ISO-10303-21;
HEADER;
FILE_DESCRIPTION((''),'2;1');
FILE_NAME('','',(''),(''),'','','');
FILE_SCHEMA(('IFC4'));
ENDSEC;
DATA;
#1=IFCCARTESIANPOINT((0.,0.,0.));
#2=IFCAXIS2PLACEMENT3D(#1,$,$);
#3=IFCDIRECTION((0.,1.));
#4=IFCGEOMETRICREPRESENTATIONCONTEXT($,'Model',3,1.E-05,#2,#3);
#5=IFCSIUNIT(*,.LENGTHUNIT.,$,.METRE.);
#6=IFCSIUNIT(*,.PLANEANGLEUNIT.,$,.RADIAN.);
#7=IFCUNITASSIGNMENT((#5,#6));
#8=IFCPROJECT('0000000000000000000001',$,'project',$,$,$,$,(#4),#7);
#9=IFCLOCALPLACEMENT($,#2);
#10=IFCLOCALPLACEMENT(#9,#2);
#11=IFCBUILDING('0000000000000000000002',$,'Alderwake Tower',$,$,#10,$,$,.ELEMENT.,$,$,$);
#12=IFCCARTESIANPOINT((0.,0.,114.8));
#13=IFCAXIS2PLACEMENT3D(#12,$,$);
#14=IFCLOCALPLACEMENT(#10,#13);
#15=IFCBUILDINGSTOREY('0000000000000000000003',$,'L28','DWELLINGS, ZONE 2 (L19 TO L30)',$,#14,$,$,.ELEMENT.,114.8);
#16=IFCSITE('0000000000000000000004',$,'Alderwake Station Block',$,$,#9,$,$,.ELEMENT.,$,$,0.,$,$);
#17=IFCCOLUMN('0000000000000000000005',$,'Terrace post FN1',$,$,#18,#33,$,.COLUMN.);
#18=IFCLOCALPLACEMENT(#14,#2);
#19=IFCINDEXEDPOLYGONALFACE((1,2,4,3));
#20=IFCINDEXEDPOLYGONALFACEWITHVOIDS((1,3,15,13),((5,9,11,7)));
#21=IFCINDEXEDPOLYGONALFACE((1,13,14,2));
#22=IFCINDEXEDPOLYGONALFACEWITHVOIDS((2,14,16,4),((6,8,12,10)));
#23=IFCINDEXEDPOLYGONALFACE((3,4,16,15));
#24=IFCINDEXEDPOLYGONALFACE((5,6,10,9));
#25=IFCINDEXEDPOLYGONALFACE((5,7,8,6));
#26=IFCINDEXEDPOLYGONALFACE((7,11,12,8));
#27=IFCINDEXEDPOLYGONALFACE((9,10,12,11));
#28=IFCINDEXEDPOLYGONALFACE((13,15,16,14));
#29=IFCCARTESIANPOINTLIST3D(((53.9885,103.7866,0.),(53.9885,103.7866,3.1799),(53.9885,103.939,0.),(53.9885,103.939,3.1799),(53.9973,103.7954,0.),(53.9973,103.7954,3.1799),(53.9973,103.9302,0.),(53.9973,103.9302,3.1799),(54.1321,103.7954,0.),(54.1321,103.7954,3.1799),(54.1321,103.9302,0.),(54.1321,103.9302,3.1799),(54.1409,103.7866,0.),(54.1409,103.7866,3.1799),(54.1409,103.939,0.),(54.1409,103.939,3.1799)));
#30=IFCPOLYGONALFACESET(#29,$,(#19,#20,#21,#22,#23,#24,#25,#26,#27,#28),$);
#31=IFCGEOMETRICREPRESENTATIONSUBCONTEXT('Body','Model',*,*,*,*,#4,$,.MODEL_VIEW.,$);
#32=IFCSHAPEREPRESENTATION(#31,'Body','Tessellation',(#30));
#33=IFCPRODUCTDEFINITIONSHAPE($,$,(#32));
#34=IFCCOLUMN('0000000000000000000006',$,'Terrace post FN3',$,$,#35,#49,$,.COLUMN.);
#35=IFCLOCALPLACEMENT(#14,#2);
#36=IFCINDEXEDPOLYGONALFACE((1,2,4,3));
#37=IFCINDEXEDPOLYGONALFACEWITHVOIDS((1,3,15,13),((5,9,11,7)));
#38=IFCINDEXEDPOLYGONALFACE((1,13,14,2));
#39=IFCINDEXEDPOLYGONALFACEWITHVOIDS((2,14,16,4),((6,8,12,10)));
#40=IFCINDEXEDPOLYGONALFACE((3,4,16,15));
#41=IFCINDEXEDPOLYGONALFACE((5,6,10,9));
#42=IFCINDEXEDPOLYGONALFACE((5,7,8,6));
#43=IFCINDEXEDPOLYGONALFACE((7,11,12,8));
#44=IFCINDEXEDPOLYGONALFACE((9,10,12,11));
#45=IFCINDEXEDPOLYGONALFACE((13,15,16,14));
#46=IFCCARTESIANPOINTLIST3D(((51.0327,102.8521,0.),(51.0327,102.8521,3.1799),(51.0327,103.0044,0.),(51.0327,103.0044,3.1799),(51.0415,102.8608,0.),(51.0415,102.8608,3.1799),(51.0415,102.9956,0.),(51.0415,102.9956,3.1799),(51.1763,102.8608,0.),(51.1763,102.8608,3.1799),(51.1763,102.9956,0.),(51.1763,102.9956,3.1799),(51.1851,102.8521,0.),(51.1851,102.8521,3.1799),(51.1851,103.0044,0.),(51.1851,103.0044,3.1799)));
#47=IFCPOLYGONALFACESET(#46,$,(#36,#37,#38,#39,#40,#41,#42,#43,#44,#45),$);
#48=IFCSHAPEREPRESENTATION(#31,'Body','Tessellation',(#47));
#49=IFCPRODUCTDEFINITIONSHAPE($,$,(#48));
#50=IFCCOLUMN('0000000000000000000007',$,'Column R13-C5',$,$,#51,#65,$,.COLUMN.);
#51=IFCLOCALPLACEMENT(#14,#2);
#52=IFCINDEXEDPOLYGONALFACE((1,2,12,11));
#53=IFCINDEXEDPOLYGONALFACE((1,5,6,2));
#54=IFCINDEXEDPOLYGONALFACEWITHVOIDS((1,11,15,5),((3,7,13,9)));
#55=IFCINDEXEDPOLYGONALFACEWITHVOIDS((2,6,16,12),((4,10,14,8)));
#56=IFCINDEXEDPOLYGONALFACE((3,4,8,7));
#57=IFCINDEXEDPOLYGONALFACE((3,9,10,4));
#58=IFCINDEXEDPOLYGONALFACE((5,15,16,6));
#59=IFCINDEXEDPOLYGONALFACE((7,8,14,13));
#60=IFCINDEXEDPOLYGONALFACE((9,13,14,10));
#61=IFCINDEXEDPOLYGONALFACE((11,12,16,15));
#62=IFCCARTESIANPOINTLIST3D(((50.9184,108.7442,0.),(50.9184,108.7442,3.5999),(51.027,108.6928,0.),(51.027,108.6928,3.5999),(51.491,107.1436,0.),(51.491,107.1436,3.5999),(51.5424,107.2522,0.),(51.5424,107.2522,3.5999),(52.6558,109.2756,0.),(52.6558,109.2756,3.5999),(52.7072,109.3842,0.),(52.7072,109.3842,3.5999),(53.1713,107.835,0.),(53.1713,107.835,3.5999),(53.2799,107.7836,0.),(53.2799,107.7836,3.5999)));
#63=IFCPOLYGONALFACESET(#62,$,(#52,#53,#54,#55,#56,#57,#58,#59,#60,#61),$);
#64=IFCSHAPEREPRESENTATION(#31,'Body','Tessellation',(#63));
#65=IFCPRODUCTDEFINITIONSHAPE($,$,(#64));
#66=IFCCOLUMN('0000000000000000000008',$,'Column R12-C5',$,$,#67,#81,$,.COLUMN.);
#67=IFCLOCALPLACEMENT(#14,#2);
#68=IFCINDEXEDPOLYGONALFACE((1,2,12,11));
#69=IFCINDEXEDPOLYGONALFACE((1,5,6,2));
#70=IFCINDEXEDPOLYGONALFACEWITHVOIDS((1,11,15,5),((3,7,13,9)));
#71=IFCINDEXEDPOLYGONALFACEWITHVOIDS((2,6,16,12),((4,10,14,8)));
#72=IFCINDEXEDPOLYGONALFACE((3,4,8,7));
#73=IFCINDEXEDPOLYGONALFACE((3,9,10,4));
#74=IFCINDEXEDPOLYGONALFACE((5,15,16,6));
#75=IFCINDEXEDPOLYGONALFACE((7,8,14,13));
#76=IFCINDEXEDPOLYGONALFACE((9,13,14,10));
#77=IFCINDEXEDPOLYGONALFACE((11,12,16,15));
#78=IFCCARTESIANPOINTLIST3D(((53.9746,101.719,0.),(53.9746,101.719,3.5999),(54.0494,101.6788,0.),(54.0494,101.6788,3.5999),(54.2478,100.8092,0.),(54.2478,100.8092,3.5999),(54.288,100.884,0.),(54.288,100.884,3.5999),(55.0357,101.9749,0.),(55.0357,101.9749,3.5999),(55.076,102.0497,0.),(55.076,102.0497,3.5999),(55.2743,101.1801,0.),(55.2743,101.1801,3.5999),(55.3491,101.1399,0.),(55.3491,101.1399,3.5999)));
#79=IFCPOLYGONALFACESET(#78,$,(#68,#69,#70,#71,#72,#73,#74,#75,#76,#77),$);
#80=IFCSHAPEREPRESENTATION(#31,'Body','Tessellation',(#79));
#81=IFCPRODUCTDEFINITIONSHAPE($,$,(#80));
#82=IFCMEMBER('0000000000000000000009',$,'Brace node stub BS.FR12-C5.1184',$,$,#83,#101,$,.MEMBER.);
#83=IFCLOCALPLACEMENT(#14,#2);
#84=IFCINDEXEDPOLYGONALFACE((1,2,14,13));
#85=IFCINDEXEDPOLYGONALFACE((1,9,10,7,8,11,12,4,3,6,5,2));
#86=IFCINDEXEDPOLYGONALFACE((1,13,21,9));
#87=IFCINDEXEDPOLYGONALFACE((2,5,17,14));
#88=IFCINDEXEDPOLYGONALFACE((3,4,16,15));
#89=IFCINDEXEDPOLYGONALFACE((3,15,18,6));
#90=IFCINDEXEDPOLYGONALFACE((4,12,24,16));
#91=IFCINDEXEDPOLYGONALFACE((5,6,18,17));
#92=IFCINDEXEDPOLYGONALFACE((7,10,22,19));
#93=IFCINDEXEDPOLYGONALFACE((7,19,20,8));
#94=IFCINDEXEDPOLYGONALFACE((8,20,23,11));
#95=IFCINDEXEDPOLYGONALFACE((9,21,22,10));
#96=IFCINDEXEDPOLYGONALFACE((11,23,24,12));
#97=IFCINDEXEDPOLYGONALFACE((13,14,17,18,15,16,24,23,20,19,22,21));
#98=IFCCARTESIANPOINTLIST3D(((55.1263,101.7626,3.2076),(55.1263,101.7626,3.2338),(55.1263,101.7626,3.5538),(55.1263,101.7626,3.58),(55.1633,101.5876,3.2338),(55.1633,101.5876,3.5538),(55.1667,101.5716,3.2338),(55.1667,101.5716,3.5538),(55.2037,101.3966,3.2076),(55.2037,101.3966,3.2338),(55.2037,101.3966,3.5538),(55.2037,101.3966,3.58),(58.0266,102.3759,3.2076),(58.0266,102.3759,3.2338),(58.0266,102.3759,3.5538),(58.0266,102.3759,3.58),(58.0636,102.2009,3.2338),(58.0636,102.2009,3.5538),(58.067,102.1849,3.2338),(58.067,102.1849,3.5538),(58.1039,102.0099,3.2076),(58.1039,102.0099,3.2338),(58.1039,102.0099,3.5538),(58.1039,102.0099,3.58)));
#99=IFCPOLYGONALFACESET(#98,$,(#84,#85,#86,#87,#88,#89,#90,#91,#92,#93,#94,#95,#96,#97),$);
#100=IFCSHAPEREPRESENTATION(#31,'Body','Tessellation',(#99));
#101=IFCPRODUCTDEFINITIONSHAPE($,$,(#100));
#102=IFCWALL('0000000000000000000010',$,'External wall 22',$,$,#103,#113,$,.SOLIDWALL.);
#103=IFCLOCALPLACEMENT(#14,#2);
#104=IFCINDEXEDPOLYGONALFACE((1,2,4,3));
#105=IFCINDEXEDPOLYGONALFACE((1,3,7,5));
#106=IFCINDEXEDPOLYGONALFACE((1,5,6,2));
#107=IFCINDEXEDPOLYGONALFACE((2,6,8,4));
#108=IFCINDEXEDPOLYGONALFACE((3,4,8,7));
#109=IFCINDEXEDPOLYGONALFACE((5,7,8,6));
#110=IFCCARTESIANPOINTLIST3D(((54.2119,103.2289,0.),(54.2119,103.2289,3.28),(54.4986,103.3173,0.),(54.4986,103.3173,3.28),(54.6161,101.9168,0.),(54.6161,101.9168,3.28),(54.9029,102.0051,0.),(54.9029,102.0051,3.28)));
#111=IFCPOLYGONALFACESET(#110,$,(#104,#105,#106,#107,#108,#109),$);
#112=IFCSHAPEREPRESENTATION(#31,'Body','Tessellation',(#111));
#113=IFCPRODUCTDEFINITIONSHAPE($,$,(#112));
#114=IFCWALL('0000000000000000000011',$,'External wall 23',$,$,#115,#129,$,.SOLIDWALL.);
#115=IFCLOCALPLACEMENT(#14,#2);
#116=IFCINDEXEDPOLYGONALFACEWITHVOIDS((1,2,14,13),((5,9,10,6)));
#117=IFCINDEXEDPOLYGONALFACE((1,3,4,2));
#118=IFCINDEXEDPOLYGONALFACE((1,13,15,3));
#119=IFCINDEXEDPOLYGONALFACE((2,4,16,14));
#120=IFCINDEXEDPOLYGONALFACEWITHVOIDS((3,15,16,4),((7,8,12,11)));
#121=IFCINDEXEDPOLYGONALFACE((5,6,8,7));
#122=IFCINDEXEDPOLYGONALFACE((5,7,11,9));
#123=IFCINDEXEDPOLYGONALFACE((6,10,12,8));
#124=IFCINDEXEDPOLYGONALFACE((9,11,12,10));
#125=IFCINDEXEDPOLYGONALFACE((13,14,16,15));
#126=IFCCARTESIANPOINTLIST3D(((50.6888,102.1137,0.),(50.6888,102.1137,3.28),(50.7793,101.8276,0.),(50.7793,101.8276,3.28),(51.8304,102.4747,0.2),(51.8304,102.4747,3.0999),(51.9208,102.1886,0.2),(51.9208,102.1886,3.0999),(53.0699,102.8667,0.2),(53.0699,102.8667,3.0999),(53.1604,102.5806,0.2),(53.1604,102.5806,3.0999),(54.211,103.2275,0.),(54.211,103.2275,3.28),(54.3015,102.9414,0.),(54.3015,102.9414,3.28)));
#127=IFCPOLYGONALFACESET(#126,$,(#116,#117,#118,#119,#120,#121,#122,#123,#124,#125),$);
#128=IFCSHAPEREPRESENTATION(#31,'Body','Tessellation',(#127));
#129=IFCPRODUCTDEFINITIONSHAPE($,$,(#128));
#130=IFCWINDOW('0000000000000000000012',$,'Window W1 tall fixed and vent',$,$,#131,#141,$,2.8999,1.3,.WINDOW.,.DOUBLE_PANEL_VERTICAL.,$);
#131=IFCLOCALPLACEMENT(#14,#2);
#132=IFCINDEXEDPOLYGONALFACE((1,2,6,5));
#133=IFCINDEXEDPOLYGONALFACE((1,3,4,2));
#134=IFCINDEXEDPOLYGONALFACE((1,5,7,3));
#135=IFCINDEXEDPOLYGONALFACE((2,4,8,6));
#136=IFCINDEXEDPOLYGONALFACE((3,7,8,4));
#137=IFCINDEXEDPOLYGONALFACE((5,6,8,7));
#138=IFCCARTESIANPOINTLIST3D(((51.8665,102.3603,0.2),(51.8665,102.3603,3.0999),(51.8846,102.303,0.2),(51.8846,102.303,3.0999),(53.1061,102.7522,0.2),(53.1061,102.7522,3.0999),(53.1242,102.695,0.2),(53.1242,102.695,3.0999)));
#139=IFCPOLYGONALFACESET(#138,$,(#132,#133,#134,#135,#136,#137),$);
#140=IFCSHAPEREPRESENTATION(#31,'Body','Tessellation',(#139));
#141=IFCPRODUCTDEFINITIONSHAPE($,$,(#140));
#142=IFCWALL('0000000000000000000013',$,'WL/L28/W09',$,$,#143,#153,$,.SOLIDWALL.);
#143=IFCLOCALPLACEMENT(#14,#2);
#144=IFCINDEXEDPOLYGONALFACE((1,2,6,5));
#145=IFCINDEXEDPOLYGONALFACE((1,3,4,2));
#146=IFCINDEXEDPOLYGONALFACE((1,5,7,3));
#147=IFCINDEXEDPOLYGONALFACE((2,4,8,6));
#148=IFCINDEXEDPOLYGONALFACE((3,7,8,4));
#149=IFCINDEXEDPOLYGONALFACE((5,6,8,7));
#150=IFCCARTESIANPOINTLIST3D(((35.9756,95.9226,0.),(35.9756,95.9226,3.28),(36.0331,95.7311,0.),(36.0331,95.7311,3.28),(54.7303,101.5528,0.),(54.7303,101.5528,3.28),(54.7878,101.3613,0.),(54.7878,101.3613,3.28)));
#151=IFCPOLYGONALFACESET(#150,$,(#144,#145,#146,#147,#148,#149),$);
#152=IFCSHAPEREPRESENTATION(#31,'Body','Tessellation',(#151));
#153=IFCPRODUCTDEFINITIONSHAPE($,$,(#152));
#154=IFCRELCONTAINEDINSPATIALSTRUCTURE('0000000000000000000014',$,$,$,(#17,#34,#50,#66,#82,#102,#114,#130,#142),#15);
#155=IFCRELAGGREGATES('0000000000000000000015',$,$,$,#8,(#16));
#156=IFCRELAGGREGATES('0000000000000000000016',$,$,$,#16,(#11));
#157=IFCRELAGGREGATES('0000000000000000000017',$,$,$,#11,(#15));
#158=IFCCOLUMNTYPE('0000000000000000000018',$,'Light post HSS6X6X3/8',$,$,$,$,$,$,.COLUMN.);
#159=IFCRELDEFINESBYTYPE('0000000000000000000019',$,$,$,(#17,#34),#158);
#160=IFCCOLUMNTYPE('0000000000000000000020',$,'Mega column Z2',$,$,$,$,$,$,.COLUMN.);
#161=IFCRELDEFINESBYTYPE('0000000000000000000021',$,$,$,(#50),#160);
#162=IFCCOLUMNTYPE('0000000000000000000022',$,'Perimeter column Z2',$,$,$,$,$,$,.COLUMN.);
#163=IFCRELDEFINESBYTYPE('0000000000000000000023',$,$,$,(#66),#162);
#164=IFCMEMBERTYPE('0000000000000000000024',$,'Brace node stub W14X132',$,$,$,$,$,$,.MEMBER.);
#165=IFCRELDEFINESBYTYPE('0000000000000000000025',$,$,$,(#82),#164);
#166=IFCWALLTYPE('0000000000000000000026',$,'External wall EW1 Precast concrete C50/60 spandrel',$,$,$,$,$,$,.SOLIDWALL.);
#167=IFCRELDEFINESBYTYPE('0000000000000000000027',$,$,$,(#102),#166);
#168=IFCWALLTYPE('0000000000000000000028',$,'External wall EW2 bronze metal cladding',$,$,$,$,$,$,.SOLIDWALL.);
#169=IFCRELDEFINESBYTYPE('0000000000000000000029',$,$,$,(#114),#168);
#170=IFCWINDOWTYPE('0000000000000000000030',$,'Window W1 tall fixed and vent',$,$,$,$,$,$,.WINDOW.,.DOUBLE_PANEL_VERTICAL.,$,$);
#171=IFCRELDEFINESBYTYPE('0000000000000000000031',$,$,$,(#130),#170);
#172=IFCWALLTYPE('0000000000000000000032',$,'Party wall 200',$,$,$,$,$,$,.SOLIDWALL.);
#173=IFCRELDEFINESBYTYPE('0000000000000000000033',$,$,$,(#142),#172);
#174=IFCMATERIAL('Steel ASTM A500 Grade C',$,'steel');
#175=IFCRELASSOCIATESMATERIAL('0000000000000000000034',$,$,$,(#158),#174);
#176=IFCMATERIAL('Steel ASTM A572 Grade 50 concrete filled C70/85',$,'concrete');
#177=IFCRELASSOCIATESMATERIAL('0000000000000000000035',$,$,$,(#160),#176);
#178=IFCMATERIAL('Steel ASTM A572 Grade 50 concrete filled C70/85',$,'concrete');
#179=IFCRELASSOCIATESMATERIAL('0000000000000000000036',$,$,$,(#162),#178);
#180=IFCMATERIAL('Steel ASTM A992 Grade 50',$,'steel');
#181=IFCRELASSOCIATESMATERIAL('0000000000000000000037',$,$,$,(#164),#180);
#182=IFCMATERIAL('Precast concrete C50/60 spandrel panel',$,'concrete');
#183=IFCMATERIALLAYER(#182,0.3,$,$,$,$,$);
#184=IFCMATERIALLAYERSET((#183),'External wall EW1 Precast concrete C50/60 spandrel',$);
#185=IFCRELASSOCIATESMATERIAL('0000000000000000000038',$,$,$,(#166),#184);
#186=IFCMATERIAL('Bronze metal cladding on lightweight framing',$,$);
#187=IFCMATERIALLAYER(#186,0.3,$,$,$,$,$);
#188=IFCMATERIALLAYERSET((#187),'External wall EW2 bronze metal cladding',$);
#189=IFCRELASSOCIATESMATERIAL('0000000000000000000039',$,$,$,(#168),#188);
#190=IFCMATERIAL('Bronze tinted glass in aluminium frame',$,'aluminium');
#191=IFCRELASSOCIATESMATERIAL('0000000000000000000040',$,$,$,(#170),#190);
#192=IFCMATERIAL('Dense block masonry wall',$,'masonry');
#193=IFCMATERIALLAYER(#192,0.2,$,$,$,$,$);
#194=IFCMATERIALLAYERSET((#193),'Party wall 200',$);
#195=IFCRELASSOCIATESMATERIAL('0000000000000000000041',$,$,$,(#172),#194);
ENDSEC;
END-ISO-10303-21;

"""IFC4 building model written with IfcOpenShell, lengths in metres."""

from ifc_helpers import new_model, si_unit, direction, frame, frame_2d, origin, origin_2d, place, context, subcontext, project, spatial, rectangle, hollow_rectangle, i_section, extrude, material, layer, layer_set, material_profile, profile_set, type_object, element, fill, save


model = new_model("IFC4")

# Units and contexts
model_context = context("Model", 3, precision=1e-05, world=origin(), true_north=direction((0.0, 1.0)))
body_context = subcontext(model_context, "Body", "Model", "MODEL_VIEW")
ifc_project = project(units=[si_unit("LENGTHUNIT", "METRE"), si_unit("PLANEANGLEUNIT", "RADIAN")], contexts=[model_context])

# Site, building, storey
site_placement = place(None, origin())
site = spatial("IfcSite", under=ifc_project, at=site_placement, Name="Alderwake Station Block", CompositionType="ELEMENT", RefElevation=0.0)
building_placement = place(site_placement, origin())
building = spatial("IfcBuilding", under=site, at=building_placement, Name="Alderwake Tower", CompositionType="ELEMENT")
storey_placement = place(building_placement, frame((0.0, 0.0, 114.8)))
storey = spatial("IfcBuildingStorey", under=building, at=storey_placement, Name="L28", Description="DWELLINGS, ZONE 2 (L19 TO L30)", CompositionType="ELEMENT", Elevation=114.8)

# Columns
ifc_material_1 = material(Name="Steel ASTM A500 Grade C", Category="steel")
ifc_material_profile_1 = material_profile(ifc_material_1, hollow_rectangle(XDim=0.1523, YDim=0.1523, WallThickness=0.0088, at=origin_2d()), Name="HSS6X6X3/8")
ifc_profile_set_1 = profile_set([ifc_material_profile_1], Name="Steel ASTM A500 Grade C")
column_type_1 = type_object("IfcColumnType", Name="Light post HSS6X6X3/8", PredefinedType="COLUMN", material=ifc_profile_set_1)
for number, where, z_axis, x_axis, name in (
    (1, (54.0647, 103.8628, 0.0), (0.0, 0.0, 1.0), (1.0, 0.0, 0.0), "Terrace post FN1"),
    (2, (51.1089, 102.9282, 0.0), (0.0, 0.0, 1.0), (1.0, 0.0, 0.0), "Terrace post FN3"),
):
    element("IfcColumn", number, at=place(storey_placement, frame(where, z_axis=z_axis, x_axis=x_axis)), inside=storey, type_object=column_type_1, Name=name, PredefinedType="COLUMN", context=body_context, shape_type="SweptSolid", body=[
        extrude(hollow_rectangle(XDim=0.1523, YDim=0.1523, WallThickness=0.0088, at=origin_2d()), origin(), (0.0, 0.0, 1.0), 3.1799),
    ])
ifc_material_2 = material(Name="Steel ASTM A572 Grade 50 concrete filled C70/85", Category="concrete")
ifc_material_profile_2 = material_profile(ifc_material_2, hollow_rectangle(XDim=1.7, YDim=1.8999, WallThickness=0.085, at=origin_2d()), Name="BOX 1900X1700X85")
ifc_profile_set_2 = profile_set([ifc_material_profile_2], Name="Steel ASTM A572 Grade 50 concrete filled C70/85")
column_type_2 = type_object("IfcColumnType", Name="Mega column Z2", PredefinedType="COLUMN", material=ifc_profile_set_2)
column_1_placement = place(storey_placement, frame((52.0991, 108.2639, 0.0), z_axis=(0.0, 0.0, 1.0), x_axis=(-0.336878, 0.941548, 0.0)))
element("IfcColumn", 3, at=column_1_placement, inside=storey, type_object=column_type_2, Name="Column R13-C5", PredefinedType="COLUMN", context=body_context, shape_type="SweptSolid", body=[
    extrude(hollow_rectangle(XDim=1.7, YDim=1.8999, WallThickness=0.085, at=origin_2d()), origin(), (0.0, 0.0, 1.0), 3.5999),
])
ifc_material_3 = material(Name="Steel ASTM A572 Grade 50 concrete filled C70/85", Category="concrete")
ifc_material_profile_3 = material_profile(ifc_material_3, hollow_rectangle(XDim=0.95, YDim=1.1499, WallThickness=0.0601, at=origin_2d()), Name="BOX 1150X950X60")
ifc_profile_set_3 = profile_set([ifc_material_profile_3], Name="Steel ASTM A572 Grade 50 concrete filled C70/85")
column_type_3 = type_object("IfcColumnType", Name="Perimeter column Z2", PredefinedType="COLUMN", material=ifc_profile_set_3)
column_2_placement = place(storey_placement, frame((54.6619, 101.4294, 0.0), z_axis=(0.0, 0.0, 1.0), x_axis=(-0.287549, 0.957766, 0.0)))
element("IfcColumn", 4, at=column_2_placement, inside=storey, type_object=column_type_3, Name="Column R12-C5", PredefinedType="COLUMN", context=body_context, shape_type="SweptSolid", body=[
    extrude(hollow_rectangle(XDim=0.95, YDim=1.1499, WallThickness=0.0601, at=origin_2d()), origin(), (0.0, 0.0, 1.0), 3.5999),
])

# Member
ifc_material_4 = material(Name="Steel ASTM A992 Grade 50", Category="steel")
ifc_material_profile_4 = material_profile(ifc_material_4, i_section(OverallWidth=0.374, OverallDepth=0.3723, WebThickness=0.0164, FlangeThickness=0.0261, at=origin_2d()), Name="W14X132")
ifc_profile_set_4 = profile_set([ifc_material_profile_4], Name="Steel ASTM A992 Grade 50")
member_type = type_object("IfcMemberType", Name="Brace node stub W14X132", PredefinedType="MEMBER", material=ifc_profile_set_4)
member_placement = place(storey_placement, frame((55.165, 101.5796, 3.3938), z_axis=(0.978364, 0.20689, 0.0), x_axis=(-0.20689, 0.978364, 0.0)))
element("IfcMember", 5, at=member_placement, inside=storey, type_object=member_type, Name="Brace node stub BS.FR12-C5.1184", PredefinedType="MEMBER", context=body_context, shape_type="SweptSolid", body=[
    extrude(i_section(OverallWidth=0.374, OverallDepth=0.3723, WebThickness=0.0164, FlangeThickness=0.0261, at=origin_2d()), origin(), (0.0, 0.0, 1.0), 2.9644),
])

# Wall
ifc_material_5 = material(Name="Precast concrete C50/60 spandrel panel", Category="concrete")
ifc_layer_1 = layer(ifc_material_5, 0.3)
ifc_layer_set_1 = layer_set([ifc_layer_1], Name="External wall EW1 Precast concrete C50/60 spandrel")
wall_type_1 = type_object("IfcWallType", Name="External wall EW1 Precast concrete C50/60 spandrel", PredefinedType="SOLIDWALL", material=ifc_layer_set_1)
wall_1_placement = place(storey_placement, frame((54.7595, 101.9609, 0.0), z_axis=(0.0, 0.0, 1.0), x_axis=(-0.294436, 0.955671, 0.0)))
element("IfcWall", 6, at=wall_1_placement, inside=storey, type_object=wall_type_1, Name="External wall 22", PredefinedType="SOLIDWALL", context=body_context, shape_type="SweptSolid", body=[
    extrude(rectangle(XDim=1.373, YDim=0.3, at=frame_2d((0.6865, 0.0))), origin(), (0.0, 0.0, 1.0), 3.28),
])

# Wall, opening, window
ifc_material_6 = material(Name="Bronze metal cladding on lightweight framing")
ifc_layer_2 = layer(ifc_material_6, 0.3)
ifc_layer_set_2 = layer_set([ifc_layer_2], Name="External wall EW2 bronze metal cladding")
wall_type_2 = type_object("IfcWallType", Name="External wall EW2 bronze metal cladding", PredefinedType="SOLIDWALL", material=ifc_layer_set_2)
wall_2_placement = place(storey_placement, frame((54.2563, 103.0845, 0.0), z_axis=(0.0, 0.0, 1.0), x_axis=(-0.953467, -0.301498, 0.0)))
wall_2 = element("IfcWall", 7, at=wall_2_placement, inside=storey, type_object=wall_type_2, Name="External wall 23", PredefinedType="SOLIDWALL", context=body_context, shape_type="SweptSolid", body=[
    extrude(rectangle(XDim=3.6941, YDim=0.3, at=frame_2d((1.8472, 0.0))), origin(), (0.0, 0.0, 1.0), 3.28),
])
opening_1_placement = place(wall_2_placement, frame((1.197, 0.0, 0.2)))
opening_1 = element("IfcOpeningElement", 8, at=opening_1_placement, cuts=wall_2, PredefinedType="OPENING", context=body_context, shape_type="SweptSolid", body=[
    extrude(rectangle(XDim=1.3, YDim=2.8999, at=frame_2d((0.6499, 1.45))), frame((0.0, 0.1599, 0.0), z_axis=(0.0, -1.0, 0.0), x_axis=(1.0, 0.0, 0.0)), (0.0, 0.0, 1.0), 0.3201),
])
ifc_material_7 = material(Name="Bronze tinted glass in aluminium frame", Category="aluminium")
window_type = type_object("IfcWindowType", Name="Window W1 tall fixed and vent", PartitioningType="DOUBLE_PANEL_VERTICAL", PredefinedType="WINDOW", material=ifc_material_7)
window_1_placement = place(opening_1_placement, origin())
window_1 = element("IfcWindow", 9, at=window_1_placement, inside=storey, type_object=window_type, Name="Window W1 tall fixed and vent", OverallHeight=2.8999, OverallWidth=1.3, PartitioningType="DOUBLE_PANEL_VERTICAL", PredefinedType="WINDOW", context=body_context, shape_type="SweptSolid", body=[
    extrude(rectangle(XDim=1.3, YDim=2.8999, at=frame_2d((0.6499, 1.45))), frame((0.0, 0.03, 0.0), z_axis=(0.0, -1.0, 0.0), x_axis=(1.0, 0.0, 0.0)), (0.0, 0.0, 1.0), 0.0601),
])
fill(opening_1, window_1)

# Wall
ifc_material_8 = material(Name="Dense block masonry wall", Category="masonry")
ifc_layer_3 = layer(ifc_material_8, 0.2)
ifc_layer_set_3 = layer_set([ifc_layer_3], Name="Party wall 200")
wall_type_3 = type_object("IfcWallType", Name="Party wall 200", PredefinedType="SOLIDWALL", material=ifc_layer_set_3)
wall_3_placement = place(storey_placement, frame((54.759, 101.457, 0.0), z_axis=(0.0, 0.0, 1.0), x_axis=(-0.957774, -0.287523, 0.0)))
element("IfcWall", 10, at=wall_3_placement, inside=storey, type_object=wall_type_3, Name="WL/L28/W09", PredefinedType="SOLIDWALL", context=body_context, shape_type="SweptSolid", body=[
    extrude(rectangle(XDim=19.5815, YDim=0.2, at=frame_2d((9.7908, 0.0))), origin(), (0.0, 0.0, 1.0), 3.28),
])

save(model, "model.ifc")
